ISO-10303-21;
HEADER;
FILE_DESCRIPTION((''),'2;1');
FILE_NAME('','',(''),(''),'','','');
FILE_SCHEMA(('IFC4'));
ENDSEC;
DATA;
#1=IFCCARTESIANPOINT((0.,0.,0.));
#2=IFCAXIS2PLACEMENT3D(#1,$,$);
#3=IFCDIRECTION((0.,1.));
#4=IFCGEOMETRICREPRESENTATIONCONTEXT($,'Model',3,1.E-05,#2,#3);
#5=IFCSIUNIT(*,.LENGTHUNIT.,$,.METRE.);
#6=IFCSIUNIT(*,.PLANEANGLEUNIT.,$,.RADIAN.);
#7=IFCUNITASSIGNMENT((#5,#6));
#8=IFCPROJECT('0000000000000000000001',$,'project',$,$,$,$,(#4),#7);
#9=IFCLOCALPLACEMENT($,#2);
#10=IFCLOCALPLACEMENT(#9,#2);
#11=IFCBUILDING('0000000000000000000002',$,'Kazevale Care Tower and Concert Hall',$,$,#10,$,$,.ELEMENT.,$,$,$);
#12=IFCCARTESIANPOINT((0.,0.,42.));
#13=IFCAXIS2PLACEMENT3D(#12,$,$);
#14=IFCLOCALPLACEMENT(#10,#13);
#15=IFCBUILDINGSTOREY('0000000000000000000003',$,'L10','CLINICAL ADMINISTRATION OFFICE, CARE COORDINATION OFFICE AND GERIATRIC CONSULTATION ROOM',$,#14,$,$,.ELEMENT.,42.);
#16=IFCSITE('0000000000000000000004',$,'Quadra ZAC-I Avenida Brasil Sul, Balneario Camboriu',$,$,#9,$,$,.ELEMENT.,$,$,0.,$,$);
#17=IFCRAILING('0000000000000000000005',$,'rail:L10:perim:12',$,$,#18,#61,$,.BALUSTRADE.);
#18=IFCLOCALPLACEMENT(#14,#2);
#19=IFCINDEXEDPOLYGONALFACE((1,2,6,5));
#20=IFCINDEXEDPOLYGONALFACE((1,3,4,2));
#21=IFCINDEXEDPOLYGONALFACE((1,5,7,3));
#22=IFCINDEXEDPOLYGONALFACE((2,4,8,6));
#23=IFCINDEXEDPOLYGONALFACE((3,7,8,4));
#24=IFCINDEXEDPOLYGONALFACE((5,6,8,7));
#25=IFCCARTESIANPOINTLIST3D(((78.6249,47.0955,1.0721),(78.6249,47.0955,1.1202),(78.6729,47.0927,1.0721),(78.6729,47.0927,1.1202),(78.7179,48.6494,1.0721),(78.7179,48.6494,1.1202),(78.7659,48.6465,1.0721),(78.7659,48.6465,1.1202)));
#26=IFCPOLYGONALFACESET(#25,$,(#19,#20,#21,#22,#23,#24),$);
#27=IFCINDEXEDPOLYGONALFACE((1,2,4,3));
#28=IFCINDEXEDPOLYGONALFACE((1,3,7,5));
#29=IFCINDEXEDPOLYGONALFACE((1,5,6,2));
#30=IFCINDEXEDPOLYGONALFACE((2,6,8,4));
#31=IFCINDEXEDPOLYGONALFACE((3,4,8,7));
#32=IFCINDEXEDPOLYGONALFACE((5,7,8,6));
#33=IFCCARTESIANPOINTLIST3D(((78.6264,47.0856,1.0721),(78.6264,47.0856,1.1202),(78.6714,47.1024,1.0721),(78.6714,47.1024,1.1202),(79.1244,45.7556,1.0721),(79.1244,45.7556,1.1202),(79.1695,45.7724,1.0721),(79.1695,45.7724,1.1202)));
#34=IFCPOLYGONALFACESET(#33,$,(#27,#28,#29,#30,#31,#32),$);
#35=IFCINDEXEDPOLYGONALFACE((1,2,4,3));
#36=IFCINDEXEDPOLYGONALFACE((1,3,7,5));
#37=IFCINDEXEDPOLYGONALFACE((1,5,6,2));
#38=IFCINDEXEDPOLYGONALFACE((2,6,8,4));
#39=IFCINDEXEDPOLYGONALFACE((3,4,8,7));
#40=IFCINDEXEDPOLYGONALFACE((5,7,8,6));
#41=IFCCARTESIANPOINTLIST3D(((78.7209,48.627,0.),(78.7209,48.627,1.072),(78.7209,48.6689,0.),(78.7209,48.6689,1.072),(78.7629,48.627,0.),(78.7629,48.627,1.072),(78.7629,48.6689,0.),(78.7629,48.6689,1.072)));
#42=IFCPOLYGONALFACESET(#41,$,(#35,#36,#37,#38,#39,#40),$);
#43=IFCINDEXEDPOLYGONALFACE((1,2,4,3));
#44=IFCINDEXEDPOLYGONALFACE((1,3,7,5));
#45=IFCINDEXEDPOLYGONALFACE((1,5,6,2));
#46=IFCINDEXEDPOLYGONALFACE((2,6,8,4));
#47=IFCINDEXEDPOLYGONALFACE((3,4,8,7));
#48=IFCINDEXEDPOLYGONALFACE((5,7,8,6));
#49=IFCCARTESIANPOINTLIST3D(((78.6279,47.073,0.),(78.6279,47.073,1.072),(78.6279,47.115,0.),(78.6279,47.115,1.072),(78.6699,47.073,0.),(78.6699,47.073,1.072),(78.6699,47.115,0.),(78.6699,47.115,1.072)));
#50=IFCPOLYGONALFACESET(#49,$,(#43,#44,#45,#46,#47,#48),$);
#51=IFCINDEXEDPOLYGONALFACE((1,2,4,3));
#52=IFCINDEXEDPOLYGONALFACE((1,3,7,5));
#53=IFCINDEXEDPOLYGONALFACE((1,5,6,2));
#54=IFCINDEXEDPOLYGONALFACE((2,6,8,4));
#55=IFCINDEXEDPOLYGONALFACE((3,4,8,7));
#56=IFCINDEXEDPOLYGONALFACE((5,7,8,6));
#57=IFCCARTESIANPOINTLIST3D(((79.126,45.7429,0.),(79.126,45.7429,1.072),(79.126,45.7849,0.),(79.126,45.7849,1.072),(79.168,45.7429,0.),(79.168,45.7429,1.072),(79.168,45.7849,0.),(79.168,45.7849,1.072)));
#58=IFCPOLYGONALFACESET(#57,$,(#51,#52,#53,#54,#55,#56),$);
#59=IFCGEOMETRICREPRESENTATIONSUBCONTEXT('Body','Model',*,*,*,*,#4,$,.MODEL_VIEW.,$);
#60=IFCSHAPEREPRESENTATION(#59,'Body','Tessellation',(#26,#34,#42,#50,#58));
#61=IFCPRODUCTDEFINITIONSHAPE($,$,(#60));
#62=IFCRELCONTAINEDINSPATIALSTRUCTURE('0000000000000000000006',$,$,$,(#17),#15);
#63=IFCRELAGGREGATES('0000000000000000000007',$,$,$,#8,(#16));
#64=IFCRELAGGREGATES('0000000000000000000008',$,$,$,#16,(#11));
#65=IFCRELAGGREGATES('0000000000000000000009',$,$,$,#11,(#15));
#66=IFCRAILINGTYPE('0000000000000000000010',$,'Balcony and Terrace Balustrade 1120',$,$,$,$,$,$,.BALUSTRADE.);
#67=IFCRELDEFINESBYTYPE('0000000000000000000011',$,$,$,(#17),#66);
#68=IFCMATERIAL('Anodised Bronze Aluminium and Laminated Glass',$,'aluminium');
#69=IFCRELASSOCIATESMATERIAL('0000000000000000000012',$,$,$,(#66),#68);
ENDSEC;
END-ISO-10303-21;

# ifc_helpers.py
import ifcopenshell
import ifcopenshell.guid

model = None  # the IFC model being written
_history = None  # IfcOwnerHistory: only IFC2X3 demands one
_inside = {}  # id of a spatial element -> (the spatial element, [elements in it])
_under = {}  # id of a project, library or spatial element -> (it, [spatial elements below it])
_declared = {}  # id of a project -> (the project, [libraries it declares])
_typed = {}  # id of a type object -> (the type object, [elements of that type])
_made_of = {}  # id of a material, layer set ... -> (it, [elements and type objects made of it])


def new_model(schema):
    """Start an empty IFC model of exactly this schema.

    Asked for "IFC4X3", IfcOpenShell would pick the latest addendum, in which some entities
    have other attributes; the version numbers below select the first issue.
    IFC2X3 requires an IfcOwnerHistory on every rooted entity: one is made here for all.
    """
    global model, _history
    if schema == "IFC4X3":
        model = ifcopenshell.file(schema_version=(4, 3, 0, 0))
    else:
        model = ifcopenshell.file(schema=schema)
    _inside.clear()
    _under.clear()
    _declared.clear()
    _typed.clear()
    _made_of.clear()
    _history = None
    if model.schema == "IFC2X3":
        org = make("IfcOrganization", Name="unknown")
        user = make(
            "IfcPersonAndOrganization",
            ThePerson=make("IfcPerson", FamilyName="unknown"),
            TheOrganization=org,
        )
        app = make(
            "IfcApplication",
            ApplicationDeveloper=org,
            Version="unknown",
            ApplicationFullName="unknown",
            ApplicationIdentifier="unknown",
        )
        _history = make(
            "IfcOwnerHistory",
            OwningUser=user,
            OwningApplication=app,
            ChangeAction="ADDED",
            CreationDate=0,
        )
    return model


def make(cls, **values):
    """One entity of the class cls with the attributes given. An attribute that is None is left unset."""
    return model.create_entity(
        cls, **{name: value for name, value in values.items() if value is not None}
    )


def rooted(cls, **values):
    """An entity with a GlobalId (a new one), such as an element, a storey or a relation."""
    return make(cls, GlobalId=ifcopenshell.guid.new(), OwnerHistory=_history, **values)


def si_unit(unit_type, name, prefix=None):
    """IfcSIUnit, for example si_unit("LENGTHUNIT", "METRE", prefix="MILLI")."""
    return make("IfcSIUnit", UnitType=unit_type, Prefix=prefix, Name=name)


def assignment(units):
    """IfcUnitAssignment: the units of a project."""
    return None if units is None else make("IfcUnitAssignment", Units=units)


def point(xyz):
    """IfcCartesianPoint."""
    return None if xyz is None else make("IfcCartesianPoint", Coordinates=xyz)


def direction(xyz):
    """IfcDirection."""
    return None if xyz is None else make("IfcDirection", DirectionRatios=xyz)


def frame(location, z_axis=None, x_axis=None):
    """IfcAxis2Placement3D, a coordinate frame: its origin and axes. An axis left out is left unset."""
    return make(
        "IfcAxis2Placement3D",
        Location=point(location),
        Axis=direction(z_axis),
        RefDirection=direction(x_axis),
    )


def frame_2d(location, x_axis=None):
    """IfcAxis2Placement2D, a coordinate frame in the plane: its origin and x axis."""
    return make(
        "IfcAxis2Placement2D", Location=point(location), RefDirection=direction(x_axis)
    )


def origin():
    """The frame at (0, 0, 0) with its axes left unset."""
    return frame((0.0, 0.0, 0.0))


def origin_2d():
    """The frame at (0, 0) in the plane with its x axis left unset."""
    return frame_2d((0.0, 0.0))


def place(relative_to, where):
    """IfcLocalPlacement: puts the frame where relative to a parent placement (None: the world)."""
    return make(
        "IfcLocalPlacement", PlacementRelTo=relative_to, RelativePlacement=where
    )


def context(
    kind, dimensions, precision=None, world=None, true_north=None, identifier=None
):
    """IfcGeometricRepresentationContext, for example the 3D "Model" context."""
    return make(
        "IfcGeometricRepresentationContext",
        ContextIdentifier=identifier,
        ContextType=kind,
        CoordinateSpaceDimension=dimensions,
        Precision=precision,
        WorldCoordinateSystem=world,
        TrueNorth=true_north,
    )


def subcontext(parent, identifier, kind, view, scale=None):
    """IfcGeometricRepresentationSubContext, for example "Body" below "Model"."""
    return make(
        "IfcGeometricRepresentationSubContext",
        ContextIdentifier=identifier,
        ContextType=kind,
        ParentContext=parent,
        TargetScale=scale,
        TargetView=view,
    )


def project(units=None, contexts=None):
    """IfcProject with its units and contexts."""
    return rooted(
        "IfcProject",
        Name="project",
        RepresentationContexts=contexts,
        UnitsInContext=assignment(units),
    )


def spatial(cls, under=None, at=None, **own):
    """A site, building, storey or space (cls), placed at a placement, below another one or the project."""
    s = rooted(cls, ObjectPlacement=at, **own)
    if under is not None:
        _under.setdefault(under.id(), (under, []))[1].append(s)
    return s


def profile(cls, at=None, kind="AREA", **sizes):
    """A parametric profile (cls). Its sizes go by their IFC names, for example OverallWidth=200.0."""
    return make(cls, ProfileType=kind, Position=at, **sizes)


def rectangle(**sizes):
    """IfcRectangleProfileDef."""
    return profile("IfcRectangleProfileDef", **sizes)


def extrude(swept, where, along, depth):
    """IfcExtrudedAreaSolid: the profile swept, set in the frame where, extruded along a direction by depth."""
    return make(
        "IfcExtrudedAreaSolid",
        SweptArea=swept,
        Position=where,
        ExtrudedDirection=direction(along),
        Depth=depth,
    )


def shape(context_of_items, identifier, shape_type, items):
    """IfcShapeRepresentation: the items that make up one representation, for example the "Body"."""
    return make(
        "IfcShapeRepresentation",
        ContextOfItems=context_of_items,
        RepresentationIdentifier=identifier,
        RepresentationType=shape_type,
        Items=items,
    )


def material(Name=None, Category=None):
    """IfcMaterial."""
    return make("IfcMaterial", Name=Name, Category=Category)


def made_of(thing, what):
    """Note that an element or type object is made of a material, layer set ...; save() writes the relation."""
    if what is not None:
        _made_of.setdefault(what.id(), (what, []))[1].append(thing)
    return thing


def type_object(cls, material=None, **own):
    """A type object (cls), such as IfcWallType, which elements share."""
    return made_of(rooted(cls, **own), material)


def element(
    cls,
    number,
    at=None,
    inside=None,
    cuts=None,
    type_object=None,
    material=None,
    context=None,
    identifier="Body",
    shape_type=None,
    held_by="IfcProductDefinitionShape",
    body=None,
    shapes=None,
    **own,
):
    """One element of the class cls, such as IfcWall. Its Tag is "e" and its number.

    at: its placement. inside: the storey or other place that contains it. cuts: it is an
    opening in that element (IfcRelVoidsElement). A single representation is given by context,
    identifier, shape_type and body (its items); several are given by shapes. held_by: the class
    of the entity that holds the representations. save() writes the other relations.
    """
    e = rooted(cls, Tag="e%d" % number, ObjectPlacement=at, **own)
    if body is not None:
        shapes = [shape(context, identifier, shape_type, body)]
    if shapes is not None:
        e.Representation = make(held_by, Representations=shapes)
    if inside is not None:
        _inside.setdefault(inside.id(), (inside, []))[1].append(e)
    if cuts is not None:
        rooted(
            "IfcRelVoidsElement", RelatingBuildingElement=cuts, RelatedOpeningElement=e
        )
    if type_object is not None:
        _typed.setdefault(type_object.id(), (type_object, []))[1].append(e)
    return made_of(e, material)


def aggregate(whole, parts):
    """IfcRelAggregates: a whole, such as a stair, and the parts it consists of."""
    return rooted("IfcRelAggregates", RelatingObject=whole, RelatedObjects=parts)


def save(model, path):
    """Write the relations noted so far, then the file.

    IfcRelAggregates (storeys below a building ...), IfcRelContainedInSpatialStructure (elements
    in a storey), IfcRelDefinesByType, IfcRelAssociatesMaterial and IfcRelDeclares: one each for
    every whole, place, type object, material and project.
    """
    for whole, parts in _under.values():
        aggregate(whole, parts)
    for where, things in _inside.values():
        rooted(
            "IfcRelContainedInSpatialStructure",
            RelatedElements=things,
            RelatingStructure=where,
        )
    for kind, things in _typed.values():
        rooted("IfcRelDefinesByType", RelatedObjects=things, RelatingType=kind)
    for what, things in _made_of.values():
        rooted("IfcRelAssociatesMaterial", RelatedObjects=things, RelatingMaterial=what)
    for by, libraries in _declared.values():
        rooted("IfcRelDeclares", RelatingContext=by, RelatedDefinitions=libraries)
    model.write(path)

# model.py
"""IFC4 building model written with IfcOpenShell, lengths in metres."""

from ifc_helpers import new_model, si_unit, direction, frame, origin, origin_2d, place, context, subcontext, project, spatial, rectangle, extrude, material, type_object, element, save


model = new_model("IFC4")

# Units and contexts
model_context = context("Model", 3, precision=1e-05, world=origin(), true_north=direction((0.0, 1.0)))
body_context = subcontext(model_context, "Body", "Model", "MODEL_VIEW")
ifc_project = project(units=[si_unit("LENGTHUNIT", "METRE"), si_unit("PLANEANGLEUNIT", "RADIAN")], contexts=[model_context])

# Site, building, storey
site_placement = place(None, origin())
site = spatial("IfcSite", under=ifc_project, at=site_placement, Name="Quadra ZAC-I Avenida Brasil Sul, Balneario Camboriu", CompositionType="ELEMENT", RefElevation=0.0)
building_placement = place(site_placement, origin())
building = spatial("IfcBuilding", under=site, at=building_placement, Name="Kazevale Care Tower and Concert Hall", CompositionType="ELEMENT")
storey_placement = place(building_placement, frame((0.0, 0.0, 42.0)))
storey = spatial("IfcBuildingStorey", under=building, at=storey_placement, Name="L10", Description="CLINICAL ADMINISTRATION OFFICE, CARE COORDINATION OFFICE AND GERIATRIC CONSULTATION ROOM", CompositionType="ELEMENT", Elevation=42.0)

# Railing
ifc_material_1 = material(Name="Anodised Bronze Aluminium and Laminated Glass", Category="aluminium")
railing_type = type_object("IfcRailingType", Name="Balcony and Terrace Balustrade 1120", PredefinedType="BALUSTRADE", material=ifc_material_1)
railing_1_placement = place(storey_placement, frame((78.7419, 48.6479, 0.0)))
element("IfcRailing", 1, at=railing_1_placement, inside=storey, type_object=railing_type, Name="rail:L10:perim:12", PredefinedType="BALUSTRADE", context=body_context, shape_type="SweptSolid", body=[
    extrude(rectangle(XDim=0.0481, YDim=0.0481, at=origin_2d()), frame((0.0, 0.0, 1.0962), z_axis=(-0.059752, -0.998213, 0.0), x_axis=(0.998213, -0.059752, 0.0)), (0.0, 0.0, 1.0), 1.5566),
    extrude(rectangle(XDim=0.0481, YDim=0.0481, at=origin_2d()), frame((-0.093, -1.554, 1.0962), z_axis=(0.350671, -0.936499, 0.0), x_axis=(0.936499, 0.350671, 0.0)), (0.0, 0.0, 1.0), 1.4202),
    extrude(rectangle(XDim=0.042, YDim=0.042, at=origin_2d()), origin(), (0.0, 0.0, 1.0), 1.072),
    extrude(rectangle(XDim=0.042, YDim=0.042, at=origin_2d()), frame((-0.093, -1.554, 0.0)), (0.0, 0.0, 1.0), 1.072),
    extrude(rectangle(XDim=0.042, YDim=0.042, at=origin_2d()), frame((0.405, -2.884, 0.0)), (0.0, 0.0, 1.0), 1.072),
])

save(model, "model.ifc")
